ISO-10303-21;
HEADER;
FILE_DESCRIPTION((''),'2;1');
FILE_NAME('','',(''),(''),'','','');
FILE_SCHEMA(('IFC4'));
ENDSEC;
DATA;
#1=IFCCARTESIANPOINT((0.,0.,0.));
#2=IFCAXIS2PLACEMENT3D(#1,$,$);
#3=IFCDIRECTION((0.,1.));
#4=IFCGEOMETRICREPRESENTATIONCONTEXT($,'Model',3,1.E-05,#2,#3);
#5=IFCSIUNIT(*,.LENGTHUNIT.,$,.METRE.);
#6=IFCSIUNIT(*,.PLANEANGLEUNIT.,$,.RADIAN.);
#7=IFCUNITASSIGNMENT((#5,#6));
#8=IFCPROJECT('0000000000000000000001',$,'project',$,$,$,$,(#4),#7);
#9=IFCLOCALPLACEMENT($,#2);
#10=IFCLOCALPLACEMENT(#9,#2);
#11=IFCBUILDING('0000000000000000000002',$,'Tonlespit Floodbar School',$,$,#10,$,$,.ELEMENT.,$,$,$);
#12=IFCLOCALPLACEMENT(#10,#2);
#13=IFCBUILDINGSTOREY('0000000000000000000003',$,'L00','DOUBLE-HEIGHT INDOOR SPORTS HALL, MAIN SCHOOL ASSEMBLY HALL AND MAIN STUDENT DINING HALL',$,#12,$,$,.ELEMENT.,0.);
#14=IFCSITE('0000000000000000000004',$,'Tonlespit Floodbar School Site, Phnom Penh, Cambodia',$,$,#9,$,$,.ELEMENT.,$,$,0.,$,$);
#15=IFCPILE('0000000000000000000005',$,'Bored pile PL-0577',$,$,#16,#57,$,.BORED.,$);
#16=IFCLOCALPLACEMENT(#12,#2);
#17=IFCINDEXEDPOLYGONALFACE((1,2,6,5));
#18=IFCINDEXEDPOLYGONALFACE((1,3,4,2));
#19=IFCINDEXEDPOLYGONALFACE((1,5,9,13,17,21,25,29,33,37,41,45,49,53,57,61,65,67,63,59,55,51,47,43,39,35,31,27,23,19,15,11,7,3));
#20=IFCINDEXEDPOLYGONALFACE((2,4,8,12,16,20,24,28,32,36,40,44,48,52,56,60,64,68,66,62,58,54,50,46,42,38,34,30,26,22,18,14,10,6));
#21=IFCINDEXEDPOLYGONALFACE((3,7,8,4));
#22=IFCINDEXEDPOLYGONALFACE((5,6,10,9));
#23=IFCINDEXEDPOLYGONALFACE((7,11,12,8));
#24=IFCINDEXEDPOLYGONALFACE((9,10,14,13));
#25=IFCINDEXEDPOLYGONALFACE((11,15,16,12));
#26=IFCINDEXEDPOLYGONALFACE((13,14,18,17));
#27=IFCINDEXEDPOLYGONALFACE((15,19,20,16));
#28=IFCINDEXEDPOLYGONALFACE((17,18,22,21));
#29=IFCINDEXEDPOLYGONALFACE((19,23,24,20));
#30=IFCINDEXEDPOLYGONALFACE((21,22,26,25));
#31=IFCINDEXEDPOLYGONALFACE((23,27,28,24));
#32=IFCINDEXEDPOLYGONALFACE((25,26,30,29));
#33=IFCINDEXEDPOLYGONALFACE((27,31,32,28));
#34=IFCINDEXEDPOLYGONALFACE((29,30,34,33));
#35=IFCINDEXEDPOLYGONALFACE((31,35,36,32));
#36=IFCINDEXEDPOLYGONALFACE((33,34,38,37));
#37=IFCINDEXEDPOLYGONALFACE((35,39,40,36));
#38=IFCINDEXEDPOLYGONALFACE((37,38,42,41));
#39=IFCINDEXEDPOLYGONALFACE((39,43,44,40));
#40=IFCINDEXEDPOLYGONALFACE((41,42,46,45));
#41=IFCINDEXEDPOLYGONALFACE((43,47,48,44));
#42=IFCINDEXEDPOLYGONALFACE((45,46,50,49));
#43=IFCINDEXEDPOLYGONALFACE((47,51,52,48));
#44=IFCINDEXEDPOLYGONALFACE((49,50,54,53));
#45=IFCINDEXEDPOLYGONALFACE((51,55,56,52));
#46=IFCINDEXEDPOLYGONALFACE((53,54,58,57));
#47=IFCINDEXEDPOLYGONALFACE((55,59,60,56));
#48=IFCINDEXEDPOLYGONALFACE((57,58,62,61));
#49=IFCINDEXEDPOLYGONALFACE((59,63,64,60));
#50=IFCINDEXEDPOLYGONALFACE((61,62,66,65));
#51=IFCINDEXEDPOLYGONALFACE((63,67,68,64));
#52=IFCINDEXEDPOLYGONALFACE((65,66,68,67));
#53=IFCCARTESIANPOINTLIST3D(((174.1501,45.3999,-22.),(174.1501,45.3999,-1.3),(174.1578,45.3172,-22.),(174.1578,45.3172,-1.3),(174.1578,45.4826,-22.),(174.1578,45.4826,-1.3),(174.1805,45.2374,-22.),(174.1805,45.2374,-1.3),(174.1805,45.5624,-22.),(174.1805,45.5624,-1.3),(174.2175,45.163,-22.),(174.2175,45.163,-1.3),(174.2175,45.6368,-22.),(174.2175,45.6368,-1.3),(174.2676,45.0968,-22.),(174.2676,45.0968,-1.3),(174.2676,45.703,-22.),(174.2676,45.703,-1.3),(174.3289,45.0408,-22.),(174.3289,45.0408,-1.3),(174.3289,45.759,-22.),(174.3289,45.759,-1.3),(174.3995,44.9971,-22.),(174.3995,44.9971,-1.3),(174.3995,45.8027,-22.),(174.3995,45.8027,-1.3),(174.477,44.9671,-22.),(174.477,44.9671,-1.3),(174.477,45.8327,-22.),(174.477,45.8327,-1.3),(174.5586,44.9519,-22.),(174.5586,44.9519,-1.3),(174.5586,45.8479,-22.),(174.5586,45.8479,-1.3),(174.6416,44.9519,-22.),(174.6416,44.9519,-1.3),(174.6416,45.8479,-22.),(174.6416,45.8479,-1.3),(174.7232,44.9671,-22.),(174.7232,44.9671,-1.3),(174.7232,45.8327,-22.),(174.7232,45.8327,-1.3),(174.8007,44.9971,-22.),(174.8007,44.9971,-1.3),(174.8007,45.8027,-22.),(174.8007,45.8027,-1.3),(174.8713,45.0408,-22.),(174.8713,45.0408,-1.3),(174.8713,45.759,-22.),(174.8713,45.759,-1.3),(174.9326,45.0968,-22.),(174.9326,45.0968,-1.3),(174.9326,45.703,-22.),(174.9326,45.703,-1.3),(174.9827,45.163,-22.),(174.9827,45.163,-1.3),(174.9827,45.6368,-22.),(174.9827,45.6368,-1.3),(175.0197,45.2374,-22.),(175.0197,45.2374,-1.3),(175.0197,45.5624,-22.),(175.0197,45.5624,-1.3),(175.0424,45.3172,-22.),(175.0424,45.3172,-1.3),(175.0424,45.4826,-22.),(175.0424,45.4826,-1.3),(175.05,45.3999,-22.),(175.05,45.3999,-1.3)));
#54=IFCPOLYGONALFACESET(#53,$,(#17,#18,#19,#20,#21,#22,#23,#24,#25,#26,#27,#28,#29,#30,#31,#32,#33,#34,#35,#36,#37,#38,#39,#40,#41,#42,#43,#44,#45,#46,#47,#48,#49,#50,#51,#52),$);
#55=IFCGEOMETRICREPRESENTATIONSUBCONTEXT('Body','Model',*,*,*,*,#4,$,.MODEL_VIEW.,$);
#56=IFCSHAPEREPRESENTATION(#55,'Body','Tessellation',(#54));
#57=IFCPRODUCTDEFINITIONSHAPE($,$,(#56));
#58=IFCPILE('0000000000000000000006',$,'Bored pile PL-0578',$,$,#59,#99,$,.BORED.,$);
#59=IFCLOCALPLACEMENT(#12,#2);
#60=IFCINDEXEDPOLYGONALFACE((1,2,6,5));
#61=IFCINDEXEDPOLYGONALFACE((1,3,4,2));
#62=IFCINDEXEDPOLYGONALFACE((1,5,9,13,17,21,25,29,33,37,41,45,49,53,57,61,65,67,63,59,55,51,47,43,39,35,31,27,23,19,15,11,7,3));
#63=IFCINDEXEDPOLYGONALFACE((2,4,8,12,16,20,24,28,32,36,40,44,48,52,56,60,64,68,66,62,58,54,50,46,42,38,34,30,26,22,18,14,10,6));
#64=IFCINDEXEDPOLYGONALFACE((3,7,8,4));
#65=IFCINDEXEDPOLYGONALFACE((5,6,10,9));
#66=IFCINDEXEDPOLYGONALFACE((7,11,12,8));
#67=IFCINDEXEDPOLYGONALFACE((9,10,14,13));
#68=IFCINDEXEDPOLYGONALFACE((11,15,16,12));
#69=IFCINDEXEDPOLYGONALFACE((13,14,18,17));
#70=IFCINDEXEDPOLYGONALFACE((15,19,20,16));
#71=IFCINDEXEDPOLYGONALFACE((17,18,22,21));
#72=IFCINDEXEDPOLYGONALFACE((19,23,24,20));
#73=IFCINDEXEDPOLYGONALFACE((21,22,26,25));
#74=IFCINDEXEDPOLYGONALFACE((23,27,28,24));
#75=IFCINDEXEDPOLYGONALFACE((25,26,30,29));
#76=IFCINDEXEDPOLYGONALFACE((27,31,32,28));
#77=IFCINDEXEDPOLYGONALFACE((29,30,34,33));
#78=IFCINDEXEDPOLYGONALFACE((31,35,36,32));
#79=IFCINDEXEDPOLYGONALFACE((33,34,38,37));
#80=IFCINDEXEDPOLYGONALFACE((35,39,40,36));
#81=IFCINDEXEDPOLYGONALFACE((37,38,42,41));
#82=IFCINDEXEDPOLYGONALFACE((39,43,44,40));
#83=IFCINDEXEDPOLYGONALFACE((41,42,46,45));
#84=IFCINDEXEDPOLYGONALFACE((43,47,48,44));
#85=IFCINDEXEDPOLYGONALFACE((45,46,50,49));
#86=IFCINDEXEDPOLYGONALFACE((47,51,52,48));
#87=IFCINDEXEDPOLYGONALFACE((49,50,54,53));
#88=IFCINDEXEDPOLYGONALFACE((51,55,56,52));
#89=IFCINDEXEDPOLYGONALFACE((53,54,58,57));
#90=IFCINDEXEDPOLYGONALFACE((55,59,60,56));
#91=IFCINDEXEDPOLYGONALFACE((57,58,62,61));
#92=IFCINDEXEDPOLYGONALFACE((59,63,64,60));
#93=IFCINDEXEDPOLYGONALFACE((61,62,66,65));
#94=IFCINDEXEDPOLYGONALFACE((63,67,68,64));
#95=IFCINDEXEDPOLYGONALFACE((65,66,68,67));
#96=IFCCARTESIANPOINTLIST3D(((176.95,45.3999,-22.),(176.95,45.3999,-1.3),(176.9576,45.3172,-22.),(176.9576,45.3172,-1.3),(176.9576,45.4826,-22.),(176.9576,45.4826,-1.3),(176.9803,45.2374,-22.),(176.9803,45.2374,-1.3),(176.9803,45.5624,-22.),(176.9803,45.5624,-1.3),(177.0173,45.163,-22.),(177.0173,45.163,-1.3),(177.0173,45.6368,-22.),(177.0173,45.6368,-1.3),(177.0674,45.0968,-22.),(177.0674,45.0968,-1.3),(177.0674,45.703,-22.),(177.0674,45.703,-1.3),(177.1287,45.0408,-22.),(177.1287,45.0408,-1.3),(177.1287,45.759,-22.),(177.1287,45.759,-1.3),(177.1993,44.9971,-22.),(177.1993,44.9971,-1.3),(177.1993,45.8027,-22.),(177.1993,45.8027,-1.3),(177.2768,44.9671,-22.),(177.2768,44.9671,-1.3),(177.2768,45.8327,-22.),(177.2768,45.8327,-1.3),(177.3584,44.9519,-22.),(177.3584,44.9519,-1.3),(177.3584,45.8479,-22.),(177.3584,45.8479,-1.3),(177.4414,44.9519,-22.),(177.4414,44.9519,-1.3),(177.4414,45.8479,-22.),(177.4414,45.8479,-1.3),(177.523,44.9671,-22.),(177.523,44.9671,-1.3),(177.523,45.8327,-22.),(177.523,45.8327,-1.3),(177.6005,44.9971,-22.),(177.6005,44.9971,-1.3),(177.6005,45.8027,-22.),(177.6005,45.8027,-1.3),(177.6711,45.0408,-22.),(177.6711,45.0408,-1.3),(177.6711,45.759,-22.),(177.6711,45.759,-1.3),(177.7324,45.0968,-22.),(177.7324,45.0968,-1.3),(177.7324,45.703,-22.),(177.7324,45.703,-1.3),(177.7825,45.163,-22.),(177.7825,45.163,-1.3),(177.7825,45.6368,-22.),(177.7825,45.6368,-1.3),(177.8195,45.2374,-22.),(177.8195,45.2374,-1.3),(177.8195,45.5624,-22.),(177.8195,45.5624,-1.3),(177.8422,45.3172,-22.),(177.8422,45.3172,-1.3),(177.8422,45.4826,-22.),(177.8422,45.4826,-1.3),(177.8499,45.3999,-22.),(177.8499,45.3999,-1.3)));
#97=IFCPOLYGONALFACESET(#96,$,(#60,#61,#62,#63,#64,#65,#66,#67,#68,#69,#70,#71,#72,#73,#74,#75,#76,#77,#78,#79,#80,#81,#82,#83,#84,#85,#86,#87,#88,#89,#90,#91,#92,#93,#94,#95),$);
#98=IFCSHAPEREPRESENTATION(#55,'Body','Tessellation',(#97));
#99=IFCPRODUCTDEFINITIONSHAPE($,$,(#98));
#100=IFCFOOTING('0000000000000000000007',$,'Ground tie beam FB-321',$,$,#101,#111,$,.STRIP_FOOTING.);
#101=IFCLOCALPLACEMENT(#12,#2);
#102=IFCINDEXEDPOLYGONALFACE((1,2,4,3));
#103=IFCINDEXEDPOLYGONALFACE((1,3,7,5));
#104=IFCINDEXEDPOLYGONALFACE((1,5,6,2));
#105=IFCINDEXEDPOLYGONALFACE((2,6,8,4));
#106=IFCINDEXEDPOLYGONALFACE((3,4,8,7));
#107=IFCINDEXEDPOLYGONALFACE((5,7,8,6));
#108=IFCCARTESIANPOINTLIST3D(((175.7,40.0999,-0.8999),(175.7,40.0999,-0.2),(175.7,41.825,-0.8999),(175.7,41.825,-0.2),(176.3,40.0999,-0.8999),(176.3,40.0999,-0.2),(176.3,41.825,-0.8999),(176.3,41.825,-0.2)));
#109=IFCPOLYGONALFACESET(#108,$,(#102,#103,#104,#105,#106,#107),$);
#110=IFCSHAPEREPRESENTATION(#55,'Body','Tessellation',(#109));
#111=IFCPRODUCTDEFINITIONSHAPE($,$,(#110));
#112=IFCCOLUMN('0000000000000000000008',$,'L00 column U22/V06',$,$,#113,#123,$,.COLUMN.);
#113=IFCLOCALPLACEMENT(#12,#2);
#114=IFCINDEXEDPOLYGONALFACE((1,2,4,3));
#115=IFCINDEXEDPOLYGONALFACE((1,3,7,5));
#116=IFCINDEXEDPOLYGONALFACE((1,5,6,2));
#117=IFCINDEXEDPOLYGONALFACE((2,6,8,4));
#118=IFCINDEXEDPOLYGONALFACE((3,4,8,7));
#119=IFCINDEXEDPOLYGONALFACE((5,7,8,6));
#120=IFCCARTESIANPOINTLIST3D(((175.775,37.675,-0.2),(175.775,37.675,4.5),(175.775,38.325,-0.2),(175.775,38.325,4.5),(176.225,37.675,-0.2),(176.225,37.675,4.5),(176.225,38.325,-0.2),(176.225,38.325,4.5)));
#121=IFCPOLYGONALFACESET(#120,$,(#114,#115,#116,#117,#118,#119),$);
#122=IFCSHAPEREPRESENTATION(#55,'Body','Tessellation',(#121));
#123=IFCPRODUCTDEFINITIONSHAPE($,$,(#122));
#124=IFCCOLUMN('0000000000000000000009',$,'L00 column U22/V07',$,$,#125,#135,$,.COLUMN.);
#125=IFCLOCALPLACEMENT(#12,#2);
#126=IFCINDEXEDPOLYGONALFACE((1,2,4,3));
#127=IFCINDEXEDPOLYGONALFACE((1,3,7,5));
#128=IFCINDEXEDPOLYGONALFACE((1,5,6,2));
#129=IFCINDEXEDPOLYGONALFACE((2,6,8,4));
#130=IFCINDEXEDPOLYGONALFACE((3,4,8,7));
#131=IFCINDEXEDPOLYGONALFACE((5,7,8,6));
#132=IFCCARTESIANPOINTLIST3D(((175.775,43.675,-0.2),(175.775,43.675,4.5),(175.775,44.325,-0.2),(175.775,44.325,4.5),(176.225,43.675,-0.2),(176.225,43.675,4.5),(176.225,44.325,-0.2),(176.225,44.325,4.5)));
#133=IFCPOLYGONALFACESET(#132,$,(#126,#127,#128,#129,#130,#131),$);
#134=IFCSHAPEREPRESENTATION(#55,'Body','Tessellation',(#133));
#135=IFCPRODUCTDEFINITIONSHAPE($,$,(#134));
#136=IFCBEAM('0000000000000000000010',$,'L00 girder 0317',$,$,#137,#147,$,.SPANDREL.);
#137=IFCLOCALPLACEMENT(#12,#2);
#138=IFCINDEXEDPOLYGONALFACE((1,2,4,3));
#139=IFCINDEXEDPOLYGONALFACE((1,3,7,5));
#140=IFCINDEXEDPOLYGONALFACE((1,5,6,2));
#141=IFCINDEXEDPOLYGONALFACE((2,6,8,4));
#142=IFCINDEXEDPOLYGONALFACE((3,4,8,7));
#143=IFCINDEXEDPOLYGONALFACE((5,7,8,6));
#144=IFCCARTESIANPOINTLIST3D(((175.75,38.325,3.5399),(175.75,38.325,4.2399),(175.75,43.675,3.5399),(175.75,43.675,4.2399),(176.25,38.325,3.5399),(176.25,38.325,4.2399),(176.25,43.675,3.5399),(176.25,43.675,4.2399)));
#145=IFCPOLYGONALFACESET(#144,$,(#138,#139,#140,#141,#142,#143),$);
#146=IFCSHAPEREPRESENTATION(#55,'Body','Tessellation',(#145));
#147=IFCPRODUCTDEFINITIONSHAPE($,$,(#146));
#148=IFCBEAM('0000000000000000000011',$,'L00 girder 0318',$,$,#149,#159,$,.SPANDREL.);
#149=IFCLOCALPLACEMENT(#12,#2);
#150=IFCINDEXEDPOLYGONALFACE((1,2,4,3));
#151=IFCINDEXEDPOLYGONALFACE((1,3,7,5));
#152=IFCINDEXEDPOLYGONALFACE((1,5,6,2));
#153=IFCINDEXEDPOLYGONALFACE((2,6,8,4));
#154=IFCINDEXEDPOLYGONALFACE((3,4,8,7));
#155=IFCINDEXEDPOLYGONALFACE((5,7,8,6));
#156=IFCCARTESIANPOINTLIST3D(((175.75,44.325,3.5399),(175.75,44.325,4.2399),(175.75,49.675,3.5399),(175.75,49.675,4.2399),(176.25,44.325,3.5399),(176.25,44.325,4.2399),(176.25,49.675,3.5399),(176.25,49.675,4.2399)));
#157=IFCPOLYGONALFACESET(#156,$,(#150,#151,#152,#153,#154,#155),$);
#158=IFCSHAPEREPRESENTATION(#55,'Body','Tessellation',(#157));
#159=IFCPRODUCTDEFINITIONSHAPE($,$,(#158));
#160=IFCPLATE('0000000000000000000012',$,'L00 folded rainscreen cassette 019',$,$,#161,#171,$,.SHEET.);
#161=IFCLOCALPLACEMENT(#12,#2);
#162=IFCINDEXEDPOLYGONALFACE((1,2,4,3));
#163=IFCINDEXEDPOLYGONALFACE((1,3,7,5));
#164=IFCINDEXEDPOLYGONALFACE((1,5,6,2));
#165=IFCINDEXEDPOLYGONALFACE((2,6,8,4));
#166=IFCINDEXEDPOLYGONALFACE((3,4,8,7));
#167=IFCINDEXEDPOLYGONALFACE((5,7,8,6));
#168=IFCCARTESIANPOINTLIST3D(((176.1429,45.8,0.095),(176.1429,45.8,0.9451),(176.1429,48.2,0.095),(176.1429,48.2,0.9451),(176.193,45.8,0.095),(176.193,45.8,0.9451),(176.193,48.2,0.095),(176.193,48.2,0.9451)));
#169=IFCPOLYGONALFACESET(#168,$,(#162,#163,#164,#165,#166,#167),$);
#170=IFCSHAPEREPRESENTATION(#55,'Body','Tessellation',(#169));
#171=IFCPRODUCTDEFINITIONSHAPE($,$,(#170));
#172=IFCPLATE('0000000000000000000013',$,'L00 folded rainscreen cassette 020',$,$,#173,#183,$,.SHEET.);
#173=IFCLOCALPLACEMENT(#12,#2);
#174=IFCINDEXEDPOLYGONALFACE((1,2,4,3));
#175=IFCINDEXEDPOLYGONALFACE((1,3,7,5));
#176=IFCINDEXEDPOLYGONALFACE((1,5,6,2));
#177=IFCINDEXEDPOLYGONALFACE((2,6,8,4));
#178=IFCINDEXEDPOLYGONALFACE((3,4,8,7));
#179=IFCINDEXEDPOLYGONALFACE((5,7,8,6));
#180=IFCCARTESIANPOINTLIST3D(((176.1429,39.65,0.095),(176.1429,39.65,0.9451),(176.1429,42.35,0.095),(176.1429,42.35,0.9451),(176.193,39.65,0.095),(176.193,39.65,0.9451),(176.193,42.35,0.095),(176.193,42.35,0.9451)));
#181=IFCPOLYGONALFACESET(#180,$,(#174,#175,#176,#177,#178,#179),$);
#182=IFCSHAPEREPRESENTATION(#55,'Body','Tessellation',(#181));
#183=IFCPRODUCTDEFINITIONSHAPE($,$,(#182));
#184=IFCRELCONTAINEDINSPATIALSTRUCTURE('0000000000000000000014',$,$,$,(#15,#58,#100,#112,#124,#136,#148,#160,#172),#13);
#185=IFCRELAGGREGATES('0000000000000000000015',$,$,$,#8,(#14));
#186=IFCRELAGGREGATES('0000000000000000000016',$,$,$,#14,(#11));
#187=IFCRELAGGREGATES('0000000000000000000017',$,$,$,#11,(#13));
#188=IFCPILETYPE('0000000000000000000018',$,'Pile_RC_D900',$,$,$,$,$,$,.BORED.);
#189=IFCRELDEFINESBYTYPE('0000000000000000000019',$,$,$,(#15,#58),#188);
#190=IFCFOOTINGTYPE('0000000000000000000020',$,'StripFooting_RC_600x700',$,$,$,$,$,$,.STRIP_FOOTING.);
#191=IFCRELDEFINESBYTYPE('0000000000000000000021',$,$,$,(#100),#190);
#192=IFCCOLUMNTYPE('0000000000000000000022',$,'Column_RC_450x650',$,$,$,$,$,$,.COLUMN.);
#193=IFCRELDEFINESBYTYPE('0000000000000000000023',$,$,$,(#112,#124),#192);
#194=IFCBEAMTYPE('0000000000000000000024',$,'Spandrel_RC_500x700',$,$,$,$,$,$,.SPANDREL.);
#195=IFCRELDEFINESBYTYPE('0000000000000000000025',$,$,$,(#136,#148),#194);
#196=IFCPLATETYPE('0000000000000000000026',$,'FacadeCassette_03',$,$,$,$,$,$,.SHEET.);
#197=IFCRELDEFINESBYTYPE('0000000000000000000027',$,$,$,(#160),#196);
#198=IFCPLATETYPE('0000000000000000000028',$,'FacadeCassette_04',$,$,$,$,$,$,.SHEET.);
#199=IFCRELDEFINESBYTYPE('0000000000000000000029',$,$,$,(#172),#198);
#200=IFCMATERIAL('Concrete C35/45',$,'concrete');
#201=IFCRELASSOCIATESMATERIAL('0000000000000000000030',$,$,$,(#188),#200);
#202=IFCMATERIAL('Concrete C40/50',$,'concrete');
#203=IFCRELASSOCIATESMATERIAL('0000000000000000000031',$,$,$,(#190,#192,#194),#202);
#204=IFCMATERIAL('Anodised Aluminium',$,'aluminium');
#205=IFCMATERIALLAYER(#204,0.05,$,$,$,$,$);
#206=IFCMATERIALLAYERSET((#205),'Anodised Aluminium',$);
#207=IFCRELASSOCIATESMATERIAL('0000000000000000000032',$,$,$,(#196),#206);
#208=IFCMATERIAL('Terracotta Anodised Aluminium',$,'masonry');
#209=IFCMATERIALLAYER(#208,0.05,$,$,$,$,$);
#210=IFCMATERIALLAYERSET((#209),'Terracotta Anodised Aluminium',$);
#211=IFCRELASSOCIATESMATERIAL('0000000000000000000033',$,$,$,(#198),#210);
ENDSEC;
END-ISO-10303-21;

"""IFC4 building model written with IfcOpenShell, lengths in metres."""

from ifc_helpers import new_model, si_unit, direction, frame, origin, origin_2d, place, context, subcontext, project, spatial, rectangle, circle, extrude, material, layer, layer_set, material_profile, profile_set, type_object, element, save


model = new_model("IFC4")

# Units and contexts
model_context = context("Model", 3, precision=1e-05, world=origin(), true_north=direction((0.0, 1.0)))
body_context = subcontext(model_context, "Body", "Model", "MODEL_VIEW")
ifc_project = project(units=[si_unit("LENGTHUNIT", "METRE"), si_unit("PLANEANGLEUNIT", "RADIAN")], contexts=[model_context])

# Site, building, storey
site_placement = place(None, origin())
site = spatial("IfcSite", under=ifc_project, at=site_placement, Name="Tonlespit Floodbar School Site, Phnom Penh, Cambodia", CompositionType="ELEMENT", RefElevation=0.0)
building_placement = place(site_placement, origin())
building = spatial("IfcBuilding", under=site, at=building_placement, Name="Tonlespit Floodbar School", CompositionType="ELEMENT")
storey_placement = place(building_placement, origin())
storey = spatial("IfcBuildingStorey", under=building, at=storey_placement, Name="L00", Description="DOUBLE-HEIGHT INDOOR SPORTS HALL, MAIN SCHOOL ASSEMBLY HALL AND MAIN STUDENT DINING HALL", CompositionType="ELEMENT", Elevation=0.0)

# Shared definitions
ifc_material_1 = material(Name="Concrete C40/50", Category="concrete")

# Piles
ifc_material_2 = material(Name="Concrete C35/45", Category="concrete")
ifc_material_profile_1 = material_profile(ifc_material_2, circle(Radius=0.45, at=origin_2d()), Name="BP D900")
ifc_profile_set_1 = profile_set([ifc_material_profile_1], Name="Concrete C35/45")
pile_type = type_object("IfcPileType", Name="Pile_RC_D900", PredefinedType="BORED", material=ifc_profile_set_1)
for number, where, z_axis, x_axis, name in (
    (1, (174.6001, 45.3999, -1.3), (0.0, 0.0, -1.0), (1.0, 0.0, 0.0), "Bored pile PL-0577"),
    (2, (177.3999, 45.3999, -1.3), (0.0, 0.0, -1.0), (1.0, 0.0, 0.0), "Bored pile PL-0578"),
):
    element("IfcPile", number, at=place(storey_placement, frame(where, z_axis=z_axis, x_axis=x_axis)), inside=storey, type_object=pile_type, Name=name, PredefinedType="BORED", context=body_context, shape_type="SweptSolid", body=[
        extrude(circle(Radius=0.45, at=origin_2d()), origin(), (0.0, 0.0, 1.0), 20.7),
    ])

# Footing
footing_type_1 = type_object("IfcFootingType", Name="StripFooting_RC_600x700", PredefinedType="STRIP_FOOTING", material=ifc_material_1)
footing_1_placement = place(storey_placement, frame((176.0, 40.9624, -0.8999), z_axis=(0.0, 0.0, 1.0), x_axis=(0.0, 1.0, 0.0)))
element("IfcFooting", 3, at=footing_1_placement, inside=storey, type_object=footing_type_1, Name="Ground tie beam FB-321", PredefinedType="STRIP_FOOTING", context=body_context, shape_type="SweptSolid", body=[
    extrude(rectangle(XDim=1.7251, YDim=0.6001, at=origin_2d()), origin(), (0.0, 0.0, 1.0), 0.7),
])

# Columns
ifc_material_profile_2 = material_profile(ifc_material_1, rectangle(XDim=0.45, YDim=0.6499, at=origin_2d()), Name="RC 450x650")
ifc_profile_set_2 = profile_set([ifc_material_profile_2], Name="Concrete C40/50")
column_type = type_object("IfcColumnType", Name="Column_RC_450x650", PredefinedType="COLUMN", material=ifc_profile_set_2)
for number, where, z_axis, x_axis, name in (
    (4, (176.0, 38.0, -0.2), (0.0, 0.0, 1.0), (1.0, 0.0, 0.0), "L00 column U22/V06"),
    (5, (176.0, 44.0, -0.2), (0.0, 0.0, 1.0), (1.0, 0.0, 0.0), "L00 column U22/V07"),
):
    element("IfcColumn", number, at=place(storey_placement, frame(where, z_axis=z_axis, x_axis=x_axis)), inside=storey, type_object=column_type, Name=name, PredefinedType="COLUMN", context=body_context, shape_type="SweptSolid", body=[
        extrude(rectangle(XDim=0.45, YDim=0.6499, at=origin_2d()), origin(), (0.0, 0.0, 1.0), 4.7),
    ])

# Beams
ifc_material_profile_3 = material_profile(ifc_material_1, rectangle(XDim=0.5, YDim=0.7, at=origin_2d()), Name="RC 500x700")
ifc_profile_set_3 = profile_set([ifc_material_profile_3], Name="Concrete C40/50")
beam_type = type_object("IfcBeamType", Name="Spandrel_RC_500x700", PredefinedType="SPANDREL", material=ifc_profile_set_3)
for number, where, z_axis, x_axis, name in (
    (6, (176.0, 38.325, 3.8899), (0.0, 1.0, 0.0), (-1.0, 0.0, 0.0), "L00 girder 0317"),
    (7, (176.0, 44.325, 3.8899), (0.0, 1.0, 0.0), (-1.0, 0.0, 0.0), "L00 girder 0318"),
):
    element("IfcBeam", number, at=place(storey_placement, frame(where, z_axis=z_axis, x_axis=x_axis)), inside=storey, type_object=beam_type, Name=name, PredefinedType="SPANDREL", context=body_context, shape_type="SweptSolid", body=[
        extrude(rectangle(XDim=0.5, YDim=0.7, at=origin_2d()), origin(), (0.0, 0.0, 1.0), 5.3501),
    ])

# Plates
ifc_material_3 = material(Name="Anodised Aluminium", Category="aluminium")
ifc_layer_1 = layer(ifc_material_3, 0.05)
ifc_layer_set_1 = layer_set([ifc_layer_1], Name="Anodised Aluminium")
plate_type_1 = type_object("IfcPlateType", Name="FacadeCassette_03", PredefinedType="SHEET", material=ifc_layer_set_1)
plate_1_placement = place(storey_placement, frame((176.168, 47.0, 0.095), z_axis=(0.0, 0.0, 1.0), x_axis=(0.0, -1.0, 0.0)))
element("IfcPlate", 8, at=plate_1_placement, inside=storey, type_object=plate_type_1, Name="L00 folded rainscreen cassette 019", PredefinedType="SHEET", context=body_context, shape_type="SweptSolid", body=[
    extrude(rectangle(XDim=2.3999, YDim=0.05, at=origin_2d()), origin(), (0.0, 0.0, 1.0), 0.8501),
])
ifc_material_4 = material(Name="Terracotta Anodised Aluminium", Category="masonry")
ifc_layer_2 = layer(ifc_material_4, 0.05)
ifc_layer_set_2 = layer_set([ifc_layer_2], Name="Terracotta Anodised Aluminium")
plate_type_2 = type_object("IfcPlateType", Name="FacadeCassette_04", PredefinedType="SHEET", material=ifc_layer_set_2)
plate_2_placement = place(storey_placement, frame((176.168, 41.0, 0.095), z_axis=(0.0, 0.0, 1.0), x_axis=(0.0, -1.0, 0.0)))
element("IfcPlate", 9, at=plate_2_placement, inside=storey, type_object=plate_type_2, Name="L00 folded rainscreen cassette 020", PredefinedType="SHEET", context=body_context, shape_type="SweptSolid", body=[
    extrude(rectangle(XDim=2.7, YDim=0.05, at=origin_2d()), origin(), (0.0, 0.0, 1.0), 0.8501),
])

save(model, "model.ifc")
